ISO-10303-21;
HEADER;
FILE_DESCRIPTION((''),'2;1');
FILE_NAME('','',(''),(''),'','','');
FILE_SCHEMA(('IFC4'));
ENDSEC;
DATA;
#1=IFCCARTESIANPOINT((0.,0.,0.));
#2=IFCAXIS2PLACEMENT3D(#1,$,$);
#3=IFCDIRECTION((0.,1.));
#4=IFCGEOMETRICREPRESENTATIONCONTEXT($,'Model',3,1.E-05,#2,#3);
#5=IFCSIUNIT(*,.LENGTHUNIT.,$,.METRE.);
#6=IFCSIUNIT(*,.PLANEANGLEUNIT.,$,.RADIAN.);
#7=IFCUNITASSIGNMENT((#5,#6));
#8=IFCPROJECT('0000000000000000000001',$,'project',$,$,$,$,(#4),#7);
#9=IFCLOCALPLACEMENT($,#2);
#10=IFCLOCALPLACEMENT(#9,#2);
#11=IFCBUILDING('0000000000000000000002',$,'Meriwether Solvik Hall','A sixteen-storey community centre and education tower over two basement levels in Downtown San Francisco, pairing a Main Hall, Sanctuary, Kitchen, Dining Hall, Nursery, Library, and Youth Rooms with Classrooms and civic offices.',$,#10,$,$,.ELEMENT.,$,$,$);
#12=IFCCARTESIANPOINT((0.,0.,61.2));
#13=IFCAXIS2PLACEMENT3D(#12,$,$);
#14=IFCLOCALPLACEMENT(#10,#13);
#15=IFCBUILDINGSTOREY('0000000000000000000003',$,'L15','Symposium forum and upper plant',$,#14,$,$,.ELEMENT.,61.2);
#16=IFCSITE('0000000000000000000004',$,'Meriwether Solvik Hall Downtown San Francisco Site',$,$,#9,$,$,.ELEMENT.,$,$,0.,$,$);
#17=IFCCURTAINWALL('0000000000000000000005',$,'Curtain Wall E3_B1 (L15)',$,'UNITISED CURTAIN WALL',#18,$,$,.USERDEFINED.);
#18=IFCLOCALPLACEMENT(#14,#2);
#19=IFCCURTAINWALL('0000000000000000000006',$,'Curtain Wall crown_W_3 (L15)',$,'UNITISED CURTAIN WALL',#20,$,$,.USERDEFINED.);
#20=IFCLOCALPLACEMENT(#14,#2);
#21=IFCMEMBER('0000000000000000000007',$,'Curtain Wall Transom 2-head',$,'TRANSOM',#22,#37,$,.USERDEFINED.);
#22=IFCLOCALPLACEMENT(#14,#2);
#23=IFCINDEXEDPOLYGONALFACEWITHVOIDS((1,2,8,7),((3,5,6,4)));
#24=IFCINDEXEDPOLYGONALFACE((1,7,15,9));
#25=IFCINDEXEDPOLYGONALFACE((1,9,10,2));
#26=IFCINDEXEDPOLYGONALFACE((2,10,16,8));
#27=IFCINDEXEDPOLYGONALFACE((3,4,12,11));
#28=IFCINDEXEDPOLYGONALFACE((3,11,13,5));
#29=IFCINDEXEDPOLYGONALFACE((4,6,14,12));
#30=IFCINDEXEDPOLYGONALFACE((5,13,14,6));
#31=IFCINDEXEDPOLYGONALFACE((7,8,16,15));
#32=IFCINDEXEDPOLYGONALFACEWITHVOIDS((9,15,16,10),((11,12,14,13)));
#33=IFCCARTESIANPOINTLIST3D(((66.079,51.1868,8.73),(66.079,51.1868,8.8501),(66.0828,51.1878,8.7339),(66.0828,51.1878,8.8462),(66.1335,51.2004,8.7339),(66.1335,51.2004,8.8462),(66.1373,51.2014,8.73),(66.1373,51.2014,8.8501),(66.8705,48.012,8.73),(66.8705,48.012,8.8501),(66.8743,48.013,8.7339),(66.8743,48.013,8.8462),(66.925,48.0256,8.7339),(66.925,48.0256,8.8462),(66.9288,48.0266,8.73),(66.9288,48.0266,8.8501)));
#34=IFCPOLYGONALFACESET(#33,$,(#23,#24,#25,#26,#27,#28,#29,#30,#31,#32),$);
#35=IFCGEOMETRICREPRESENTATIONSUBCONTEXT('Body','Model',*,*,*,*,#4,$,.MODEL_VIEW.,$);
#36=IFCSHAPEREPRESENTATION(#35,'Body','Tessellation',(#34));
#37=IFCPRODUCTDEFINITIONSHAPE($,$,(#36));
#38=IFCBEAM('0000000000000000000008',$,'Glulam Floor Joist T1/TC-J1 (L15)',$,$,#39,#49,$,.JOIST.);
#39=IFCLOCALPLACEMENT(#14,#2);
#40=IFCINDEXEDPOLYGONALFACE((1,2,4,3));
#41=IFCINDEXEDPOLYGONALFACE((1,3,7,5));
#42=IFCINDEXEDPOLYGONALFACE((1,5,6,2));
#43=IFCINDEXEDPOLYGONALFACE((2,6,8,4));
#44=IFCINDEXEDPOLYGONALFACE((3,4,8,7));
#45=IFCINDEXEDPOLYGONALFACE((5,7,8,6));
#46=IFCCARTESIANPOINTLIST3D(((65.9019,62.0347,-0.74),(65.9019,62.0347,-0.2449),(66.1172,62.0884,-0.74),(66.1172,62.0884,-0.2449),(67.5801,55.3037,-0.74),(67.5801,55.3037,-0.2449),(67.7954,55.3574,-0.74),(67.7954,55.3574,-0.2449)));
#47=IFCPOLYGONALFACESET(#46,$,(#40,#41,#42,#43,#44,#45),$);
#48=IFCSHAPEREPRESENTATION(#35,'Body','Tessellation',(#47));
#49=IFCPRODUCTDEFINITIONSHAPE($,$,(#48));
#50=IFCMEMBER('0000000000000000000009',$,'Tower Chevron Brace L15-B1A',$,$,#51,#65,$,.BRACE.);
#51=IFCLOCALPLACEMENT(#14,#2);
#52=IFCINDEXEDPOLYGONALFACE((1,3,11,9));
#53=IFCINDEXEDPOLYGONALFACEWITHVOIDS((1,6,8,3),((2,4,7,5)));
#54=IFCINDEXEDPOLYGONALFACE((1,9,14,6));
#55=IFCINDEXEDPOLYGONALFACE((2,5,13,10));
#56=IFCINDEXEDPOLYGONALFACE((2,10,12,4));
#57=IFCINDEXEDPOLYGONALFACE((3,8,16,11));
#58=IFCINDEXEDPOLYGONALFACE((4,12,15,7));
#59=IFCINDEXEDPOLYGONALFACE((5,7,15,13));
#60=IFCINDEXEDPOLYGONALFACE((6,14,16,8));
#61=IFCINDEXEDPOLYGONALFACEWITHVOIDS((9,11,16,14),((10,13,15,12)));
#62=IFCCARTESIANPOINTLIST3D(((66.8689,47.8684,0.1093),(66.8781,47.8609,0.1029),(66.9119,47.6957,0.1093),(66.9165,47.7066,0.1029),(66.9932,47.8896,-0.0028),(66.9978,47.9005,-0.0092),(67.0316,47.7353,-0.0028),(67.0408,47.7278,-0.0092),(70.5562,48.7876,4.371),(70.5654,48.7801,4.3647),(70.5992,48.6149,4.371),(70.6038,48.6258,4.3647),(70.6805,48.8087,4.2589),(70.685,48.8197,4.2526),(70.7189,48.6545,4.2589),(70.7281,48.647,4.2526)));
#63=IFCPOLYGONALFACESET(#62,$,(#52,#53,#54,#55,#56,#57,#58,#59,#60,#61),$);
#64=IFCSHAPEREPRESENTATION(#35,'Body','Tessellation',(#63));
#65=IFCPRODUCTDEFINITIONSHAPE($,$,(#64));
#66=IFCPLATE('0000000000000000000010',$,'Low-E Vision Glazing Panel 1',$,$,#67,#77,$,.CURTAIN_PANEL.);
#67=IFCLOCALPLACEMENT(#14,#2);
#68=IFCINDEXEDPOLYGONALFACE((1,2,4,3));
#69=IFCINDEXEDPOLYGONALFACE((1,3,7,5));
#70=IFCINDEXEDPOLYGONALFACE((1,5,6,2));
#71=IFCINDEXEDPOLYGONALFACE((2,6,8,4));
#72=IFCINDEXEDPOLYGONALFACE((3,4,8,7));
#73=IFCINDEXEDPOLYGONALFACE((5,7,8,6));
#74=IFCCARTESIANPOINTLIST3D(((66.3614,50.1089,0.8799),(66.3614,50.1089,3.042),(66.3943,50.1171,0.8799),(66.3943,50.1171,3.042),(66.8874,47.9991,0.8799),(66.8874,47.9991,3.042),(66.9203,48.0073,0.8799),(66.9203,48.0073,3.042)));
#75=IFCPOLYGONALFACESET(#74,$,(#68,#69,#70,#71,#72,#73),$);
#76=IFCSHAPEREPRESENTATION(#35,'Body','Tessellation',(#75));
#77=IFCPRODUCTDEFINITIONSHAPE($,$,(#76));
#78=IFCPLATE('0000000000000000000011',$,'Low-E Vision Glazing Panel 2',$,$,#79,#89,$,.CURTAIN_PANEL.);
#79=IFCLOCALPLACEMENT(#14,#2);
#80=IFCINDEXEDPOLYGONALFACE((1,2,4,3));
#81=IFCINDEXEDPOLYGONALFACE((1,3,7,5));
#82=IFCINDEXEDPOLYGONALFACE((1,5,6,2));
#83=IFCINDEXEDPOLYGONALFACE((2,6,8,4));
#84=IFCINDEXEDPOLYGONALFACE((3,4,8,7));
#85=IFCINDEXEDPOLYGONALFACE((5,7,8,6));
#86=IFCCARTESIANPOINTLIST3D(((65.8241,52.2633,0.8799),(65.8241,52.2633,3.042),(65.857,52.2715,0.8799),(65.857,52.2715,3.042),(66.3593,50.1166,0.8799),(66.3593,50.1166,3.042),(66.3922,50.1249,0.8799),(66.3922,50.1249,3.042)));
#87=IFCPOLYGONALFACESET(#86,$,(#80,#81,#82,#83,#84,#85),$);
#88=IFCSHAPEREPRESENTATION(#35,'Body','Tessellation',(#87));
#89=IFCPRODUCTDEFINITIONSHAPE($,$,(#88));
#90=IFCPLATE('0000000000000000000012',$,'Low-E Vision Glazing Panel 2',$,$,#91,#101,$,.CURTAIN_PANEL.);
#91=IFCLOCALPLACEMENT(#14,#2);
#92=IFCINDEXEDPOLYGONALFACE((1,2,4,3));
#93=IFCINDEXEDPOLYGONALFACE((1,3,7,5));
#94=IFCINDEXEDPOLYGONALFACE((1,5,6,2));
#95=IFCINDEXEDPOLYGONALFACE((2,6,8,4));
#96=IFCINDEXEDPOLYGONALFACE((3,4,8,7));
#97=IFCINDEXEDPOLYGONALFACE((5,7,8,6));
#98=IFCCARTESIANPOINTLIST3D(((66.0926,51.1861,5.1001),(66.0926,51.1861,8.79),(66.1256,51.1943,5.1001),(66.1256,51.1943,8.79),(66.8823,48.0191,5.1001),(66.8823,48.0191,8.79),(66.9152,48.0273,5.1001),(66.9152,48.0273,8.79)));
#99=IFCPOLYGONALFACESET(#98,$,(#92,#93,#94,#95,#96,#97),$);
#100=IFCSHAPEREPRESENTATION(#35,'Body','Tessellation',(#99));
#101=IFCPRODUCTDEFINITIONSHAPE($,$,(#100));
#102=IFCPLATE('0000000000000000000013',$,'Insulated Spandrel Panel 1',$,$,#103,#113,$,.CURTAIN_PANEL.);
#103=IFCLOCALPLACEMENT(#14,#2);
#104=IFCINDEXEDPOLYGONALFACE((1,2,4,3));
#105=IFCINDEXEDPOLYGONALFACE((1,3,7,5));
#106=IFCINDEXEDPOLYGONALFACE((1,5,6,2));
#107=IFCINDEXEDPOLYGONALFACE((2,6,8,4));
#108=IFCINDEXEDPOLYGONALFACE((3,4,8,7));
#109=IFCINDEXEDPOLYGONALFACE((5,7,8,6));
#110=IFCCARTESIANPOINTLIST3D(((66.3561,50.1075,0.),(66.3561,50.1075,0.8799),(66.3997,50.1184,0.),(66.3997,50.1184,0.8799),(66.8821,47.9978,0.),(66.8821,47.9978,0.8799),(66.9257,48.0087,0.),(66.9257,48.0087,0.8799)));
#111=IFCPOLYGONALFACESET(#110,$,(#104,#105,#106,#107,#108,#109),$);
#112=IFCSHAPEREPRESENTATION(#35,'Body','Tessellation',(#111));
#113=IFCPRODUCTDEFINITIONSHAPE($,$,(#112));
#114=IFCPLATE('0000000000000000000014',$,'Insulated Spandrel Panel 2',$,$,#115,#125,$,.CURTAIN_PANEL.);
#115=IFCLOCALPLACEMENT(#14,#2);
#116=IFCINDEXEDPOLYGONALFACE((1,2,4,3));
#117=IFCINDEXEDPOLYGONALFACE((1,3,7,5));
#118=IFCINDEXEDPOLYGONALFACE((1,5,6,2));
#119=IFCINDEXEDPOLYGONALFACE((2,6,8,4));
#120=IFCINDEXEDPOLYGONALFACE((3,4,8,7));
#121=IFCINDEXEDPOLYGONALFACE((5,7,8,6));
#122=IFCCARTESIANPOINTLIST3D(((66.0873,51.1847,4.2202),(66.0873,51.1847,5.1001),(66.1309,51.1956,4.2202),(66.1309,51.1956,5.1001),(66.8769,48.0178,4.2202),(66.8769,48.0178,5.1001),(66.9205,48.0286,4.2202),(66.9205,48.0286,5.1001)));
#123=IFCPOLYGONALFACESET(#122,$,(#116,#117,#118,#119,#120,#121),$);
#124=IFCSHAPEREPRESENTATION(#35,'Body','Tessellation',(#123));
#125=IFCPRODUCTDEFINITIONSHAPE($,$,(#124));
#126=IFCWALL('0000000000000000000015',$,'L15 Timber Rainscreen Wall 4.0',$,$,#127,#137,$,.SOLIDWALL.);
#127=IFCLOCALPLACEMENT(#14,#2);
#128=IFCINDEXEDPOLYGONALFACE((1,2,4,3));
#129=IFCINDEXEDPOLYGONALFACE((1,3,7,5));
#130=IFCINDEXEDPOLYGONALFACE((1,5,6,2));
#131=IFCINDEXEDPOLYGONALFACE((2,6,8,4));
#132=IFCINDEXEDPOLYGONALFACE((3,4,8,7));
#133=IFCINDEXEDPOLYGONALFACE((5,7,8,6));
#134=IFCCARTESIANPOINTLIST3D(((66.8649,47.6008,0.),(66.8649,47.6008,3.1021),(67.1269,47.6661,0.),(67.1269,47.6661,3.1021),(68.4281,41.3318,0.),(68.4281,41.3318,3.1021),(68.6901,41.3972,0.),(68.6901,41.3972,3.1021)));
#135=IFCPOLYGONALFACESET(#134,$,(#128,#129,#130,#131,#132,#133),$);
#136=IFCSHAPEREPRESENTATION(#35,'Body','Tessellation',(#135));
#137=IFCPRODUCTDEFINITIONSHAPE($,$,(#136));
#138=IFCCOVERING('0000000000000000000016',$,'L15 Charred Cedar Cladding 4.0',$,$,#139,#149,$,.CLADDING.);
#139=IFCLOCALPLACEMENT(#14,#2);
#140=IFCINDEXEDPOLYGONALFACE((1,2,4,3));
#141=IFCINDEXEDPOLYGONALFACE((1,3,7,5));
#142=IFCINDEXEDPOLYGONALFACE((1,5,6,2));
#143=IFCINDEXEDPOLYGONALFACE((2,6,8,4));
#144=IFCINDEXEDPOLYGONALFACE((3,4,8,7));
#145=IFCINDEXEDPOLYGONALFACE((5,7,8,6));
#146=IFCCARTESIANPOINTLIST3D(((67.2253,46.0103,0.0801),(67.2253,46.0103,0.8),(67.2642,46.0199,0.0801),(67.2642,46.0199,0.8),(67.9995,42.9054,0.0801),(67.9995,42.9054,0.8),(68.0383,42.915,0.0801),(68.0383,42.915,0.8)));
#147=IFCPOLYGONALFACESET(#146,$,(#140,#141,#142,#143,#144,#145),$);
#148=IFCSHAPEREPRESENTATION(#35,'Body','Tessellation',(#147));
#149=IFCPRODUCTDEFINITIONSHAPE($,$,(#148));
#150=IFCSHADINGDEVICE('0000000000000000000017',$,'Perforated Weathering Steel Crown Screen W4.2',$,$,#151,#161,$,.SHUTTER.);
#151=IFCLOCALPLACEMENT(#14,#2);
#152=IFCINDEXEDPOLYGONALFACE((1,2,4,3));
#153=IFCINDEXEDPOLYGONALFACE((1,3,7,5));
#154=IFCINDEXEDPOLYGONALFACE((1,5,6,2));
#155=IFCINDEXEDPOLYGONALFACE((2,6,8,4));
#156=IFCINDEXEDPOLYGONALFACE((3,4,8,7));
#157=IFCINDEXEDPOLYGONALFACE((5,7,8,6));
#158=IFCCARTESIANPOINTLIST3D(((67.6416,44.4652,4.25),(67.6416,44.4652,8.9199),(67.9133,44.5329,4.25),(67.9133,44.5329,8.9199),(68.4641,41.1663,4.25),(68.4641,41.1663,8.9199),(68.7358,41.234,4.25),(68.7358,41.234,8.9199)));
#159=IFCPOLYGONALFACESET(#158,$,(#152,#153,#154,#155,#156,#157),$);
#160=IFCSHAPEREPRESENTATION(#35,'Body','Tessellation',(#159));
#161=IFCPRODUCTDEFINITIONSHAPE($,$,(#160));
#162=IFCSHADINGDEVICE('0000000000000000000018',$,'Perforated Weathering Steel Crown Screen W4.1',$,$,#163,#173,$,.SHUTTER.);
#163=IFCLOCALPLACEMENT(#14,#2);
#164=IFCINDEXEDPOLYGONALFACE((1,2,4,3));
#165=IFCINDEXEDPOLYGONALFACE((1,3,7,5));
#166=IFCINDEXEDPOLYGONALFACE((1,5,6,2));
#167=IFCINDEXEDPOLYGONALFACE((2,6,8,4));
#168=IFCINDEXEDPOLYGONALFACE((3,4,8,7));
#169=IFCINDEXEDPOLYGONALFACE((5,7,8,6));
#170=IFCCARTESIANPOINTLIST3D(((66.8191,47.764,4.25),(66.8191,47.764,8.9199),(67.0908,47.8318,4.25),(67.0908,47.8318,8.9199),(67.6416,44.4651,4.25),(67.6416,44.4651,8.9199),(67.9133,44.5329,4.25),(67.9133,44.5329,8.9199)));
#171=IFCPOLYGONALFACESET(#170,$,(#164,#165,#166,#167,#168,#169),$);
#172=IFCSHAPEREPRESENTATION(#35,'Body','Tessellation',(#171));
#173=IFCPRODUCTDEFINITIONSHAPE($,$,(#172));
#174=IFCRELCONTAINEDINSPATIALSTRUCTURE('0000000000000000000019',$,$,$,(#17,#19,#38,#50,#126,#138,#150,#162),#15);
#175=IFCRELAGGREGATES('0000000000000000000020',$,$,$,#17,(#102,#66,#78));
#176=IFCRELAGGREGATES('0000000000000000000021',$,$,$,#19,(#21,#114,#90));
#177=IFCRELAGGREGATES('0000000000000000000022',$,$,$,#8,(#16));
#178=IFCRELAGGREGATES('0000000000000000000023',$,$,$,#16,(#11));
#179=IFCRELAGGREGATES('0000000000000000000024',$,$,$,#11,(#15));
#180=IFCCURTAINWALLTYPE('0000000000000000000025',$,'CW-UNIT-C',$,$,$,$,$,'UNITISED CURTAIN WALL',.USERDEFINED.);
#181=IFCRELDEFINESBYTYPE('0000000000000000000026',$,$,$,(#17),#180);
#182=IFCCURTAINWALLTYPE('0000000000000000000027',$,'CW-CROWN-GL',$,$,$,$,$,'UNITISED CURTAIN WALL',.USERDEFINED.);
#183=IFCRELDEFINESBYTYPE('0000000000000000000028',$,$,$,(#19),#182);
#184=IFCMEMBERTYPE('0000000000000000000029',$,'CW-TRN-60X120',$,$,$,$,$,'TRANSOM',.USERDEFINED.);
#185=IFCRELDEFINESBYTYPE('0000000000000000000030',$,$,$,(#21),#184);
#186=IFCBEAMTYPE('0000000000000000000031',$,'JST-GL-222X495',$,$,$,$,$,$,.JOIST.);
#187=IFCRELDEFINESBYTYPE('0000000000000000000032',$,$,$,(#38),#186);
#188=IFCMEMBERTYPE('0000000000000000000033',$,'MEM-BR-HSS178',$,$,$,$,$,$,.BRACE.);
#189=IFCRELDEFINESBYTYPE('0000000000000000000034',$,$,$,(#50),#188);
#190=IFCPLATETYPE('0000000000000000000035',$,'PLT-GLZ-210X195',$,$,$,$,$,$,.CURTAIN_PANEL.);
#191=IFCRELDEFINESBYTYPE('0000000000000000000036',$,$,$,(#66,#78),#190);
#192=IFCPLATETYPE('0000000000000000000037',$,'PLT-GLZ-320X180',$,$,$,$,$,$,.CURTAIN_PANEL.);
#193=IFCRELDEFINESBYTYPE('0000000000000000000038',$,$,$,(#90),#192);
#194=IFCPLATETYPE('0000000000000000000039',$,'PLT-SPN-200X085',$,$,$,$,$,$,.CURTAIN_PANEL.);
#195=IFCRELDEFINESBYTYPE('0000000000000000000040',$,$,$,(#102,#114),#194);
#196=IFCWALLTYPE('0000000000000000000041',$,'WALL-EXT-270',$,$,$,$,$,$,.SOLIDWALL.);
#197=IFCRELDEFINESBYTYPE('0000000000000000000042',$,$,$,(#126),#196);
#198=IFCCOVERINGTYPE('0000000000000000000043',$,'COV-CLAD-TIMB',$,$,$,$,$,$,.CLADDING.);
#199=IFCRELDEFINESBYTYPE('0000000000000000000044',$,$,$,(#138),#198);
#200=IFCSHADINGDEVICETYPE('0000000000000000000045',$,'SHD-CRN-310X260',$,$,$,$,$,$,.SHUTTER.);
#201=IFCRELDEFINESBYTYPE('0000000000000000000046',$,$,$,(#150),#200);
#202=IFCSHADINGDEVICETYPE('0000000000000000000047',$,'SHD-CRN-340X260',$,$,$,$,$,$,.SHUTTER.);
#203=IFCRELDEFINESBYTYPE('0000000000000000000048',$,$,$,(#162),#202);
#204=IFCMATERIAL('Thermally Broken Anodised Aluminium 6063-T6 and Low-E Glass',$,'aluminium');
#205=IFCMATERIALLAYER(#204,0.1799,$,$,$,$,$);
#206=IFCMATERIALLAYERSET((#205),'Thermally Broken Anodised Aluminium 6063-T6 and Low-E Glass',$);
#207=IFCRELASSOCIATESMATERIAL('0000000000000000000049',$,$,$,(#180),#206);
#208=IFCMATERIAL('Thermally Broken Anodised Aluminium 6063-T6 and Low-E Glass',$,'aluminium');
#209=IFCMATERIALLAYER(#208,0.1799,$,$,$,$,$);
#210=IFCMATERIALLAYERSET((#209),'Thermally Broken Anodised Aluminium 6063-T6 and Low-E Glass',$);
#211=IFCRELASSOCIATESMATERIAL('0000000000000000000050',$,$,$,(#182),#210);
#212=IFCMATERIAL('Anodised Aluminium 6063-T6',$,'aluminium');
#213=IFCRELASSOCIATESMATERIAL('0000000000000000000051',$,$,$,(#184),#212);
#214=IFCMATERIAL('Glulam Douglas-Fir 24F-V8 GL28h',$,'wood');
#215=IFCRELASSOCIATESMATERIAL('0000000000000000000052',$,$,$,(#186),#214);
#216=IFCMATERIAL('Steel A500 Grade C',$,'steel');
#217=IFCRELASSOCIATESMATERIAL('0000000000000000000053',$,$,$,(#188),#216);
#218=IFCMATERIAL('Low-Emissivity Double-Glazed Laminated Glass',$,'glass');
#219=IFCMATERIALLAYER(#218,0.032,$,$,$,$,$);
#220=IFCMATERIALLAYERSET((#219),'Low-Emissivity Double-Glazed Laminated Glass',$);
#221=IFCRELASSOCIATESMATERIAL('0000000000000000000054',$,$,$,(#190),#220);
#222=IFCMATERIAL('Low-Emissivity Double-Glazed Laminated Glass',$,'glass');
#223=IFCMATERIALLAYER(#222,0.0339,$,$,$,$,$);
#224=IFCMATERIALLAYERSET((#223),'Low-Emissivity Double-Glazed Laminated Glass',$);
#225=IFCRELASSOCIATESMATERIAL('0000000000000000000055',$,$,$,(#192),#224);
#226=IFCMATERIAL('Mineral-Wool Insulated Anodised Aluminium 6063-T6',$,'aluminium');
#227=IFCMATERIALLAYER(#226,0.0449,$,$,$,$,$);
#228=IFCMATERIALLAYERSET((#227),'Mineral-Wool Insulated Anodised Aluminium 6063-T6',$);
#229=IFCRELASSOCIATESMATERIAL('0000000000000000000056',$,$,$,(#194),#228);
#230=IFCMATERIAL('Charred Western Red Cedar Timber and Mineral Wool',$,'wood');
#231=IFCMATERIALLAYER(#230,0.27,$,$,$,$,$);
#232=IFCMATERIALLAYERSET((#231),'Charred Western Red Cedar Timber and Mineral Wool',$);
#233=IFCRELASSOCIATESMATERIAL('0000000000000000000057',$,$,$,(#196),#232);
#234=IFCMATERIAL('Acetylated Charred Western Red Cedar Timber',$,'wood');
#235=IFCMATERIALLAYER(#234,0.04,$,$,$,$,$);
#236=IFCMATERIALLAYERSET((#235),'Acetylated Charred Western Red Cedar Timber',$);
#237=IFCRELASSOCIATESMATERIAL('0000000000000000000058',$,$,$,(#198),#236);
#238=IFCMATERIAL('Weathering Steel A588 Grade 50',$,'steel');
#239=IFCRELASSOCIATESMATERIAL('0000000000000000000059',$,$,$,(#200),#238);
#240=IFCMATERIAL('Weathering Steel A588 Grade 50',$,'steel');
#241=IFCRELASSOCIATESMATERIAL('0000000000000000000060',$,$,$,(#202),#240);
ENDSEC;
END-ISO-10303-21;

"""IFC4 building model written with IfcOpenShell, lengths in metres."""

from ifc_helpers import new_model, si_unit, direction, frame, frame_2d, origin, origin_2d, place, context, subcontext, project, spatial, rectangle, hollow_rectangle, extrude, material, layer, layer_set, material_profile, profile_set, type_object, element, aggregate, save


model = new_model("IFC4")

# Units and contexts
model_context = context("Model", 3, precision=1e-05, world=origin(), true_north=direction((0.0, 1.0)))
body_context = subcontext(model_context, "Body", "Model", "MODEL_VIEW")
ifc_project = project(units=[si_unit("LENGTHUNIT", "METRE"), si_unit("PLANEANGLEUNIT", "RADIAN")], contexts=[model_context])

# Site, building, storey
site_placement = place(None, origin())
site = spatial("IfcSite", under=ifc_project, at=site_placement, Name="Meriwether Solvik Hall Downtown San Francisco Site", CompositionType="ELEMENT", RefElevation=0.0)
building_placement = place(site_placement, origin())
building = spatial("IfcBuilding", under=site, at=building_placement, Name="Meriwether Solvik Hall", Description="A sixteen-storey community centre and education tower over two basement levels in Downtown San Francisco, pairing a Main Hall, Sanctuary, Kitchen, Dining Hall, Nursery, Library, and Youth Rooms with Classrooms and civic offices.", CompositionType="ELEMENT")
storey_placement = place(building_placement, frame((0.0, 0.0, 61.2)))
storey = spatial("IfcBuildingStorey", under=building, at=storey_placement, Name="L15", Description="Symposium forum and upper plant", CompositionType="ELEMENT", Elevation=61.2)

# Curtain walls
ifc_material_1 = material(Name="Thermally Broken Anodised Aluminium 6063-T6 and Low-E Glass", Category="aluminium")
ifc_layer_1 = layer(ifc_material_1, 0.1799)
ifc_layer_set_1 = layer_set([ifc_layer_1], Name="Thermally Broken Anodised Aluminium 6063-T6 and Low-E Glass")
curtain_wall_type_1 = type_object("IfcCurtainWallType", Name="CW-UNIT-C", ElementType="UNITISED CURTAIN WALL", PredefinedType="USERDEFINED", material=ifc_layer_set_1)
curtain_wall_1_placement = place(storey_placement, origin())
curtain_wall_1 = element("IfcCurtainWall", 1, at=curtain_wall_1_placement, inside=storey, type_object=curtain_wall_type_1, Name="Curtain Wall E3_B1 (L15)", ObjectType="UNITISED CURTAIN WALL", PredefinedType="USERDEFINED")
ifc_material_2 = material(Name="Thermally Broken Anodised Aluminium 6063-T6 and Low-E Glass", Category="aluminium")
ifc_layer_2 = layer(ifc_material_2, 0.1799)
ifc_layer_set_2 = layer_set([ifc_layer_2], Name="Thermally Broken Anodised Aluminium 6063-T6 and Low-E Glass")
curtain_wall_type_2 = type_object("IfcCurtainWallType", Name="CW-CROWN-GL", ElementType="UNITISED CURTAIN WALL", PredefinedType="USERDEFINED", material=ifc_layer_set_2)
curtain_wall_2_placement = place(storey_placement, origin())
curtain_wall_2 = element("IfcCurtainWall", 2, at=curtain_wall_2_placement, inside=storey, type_object=curtain_wall_type_2, Name="Curtain Wall crown_W_3 (L15)", ObjectType="UNITISED CURTAIN WALL", PredefinedType="USERDEFINED")

# Member
ifc_material_3 = material(Name="Anodised Aluminium 6063-T6", Category="aluminium")
ifc_material_profile_1 = material_profile(ifc_material_3, hollow_rectangle(XDim=0.0601, YDim=0.1201, WallThickness=0.0039, at=origin_2d()), Name="CWT-60X120")
ifc_profile_set_1 = profile_set([ifc_material_profile_1], Name="Anodised Aluminium 6063-T6")
member_type_1 = type_object("IfcMemberType", Name="CW-TRN-60X120", ElementType="TRANSOM", PredefinedType="USERDEFINED", material=ifc_profile_set_1)
member_1_placement = place(storey_placement, frame((66.1082, 51.1941, 8.79), z_axis=(0.241904, -0.9703, 0.0), x_axis=(0.9703, 0.241904, 0.0)))
member_1 = element("IfcMember", 3, at=member_1_placement, type_object=member_type_1, Name="Curtain Wall Transom 2-head", ObjectType="TRANSOM", PredefinedType="USERDEFINED", context=body_context, shape_type="SweptSolid", body=[
    extrude(hollow_rectangle(XDim=0.0601, YDim=0.1201, WallThickness=0.0039, at=origin_2d()), origin(), (0.0, 0.0, 1.0), 3.272),
])

# Beam
ifc_material_4 = material(Name="Glulam Douglas-Fir 24F-V8 GL28h", Category="wood")
ifc_material_profile_2 = material_profile(ifc_material_4, rectangle(XDim=0.2219, YDim=0.4951, at=origin_2d()), Name="GLJ-222X495")
ifc_profile_set_2 = profile_set([ifc_material_profile_2], Name="Glulam Douglas-Fir 24F-V8 GL28h")
beam_type_1 = type_object("IfcBeamType", Name="JST-GL-222X495", PredefinedType="JOIST", material=ifc_profile_set_2)
beam_1_placement = place(storey_placement, frame((67.6877, 55.3306, -0.4924), z_axis=(-0.241923, 0.970296, 0.0), x_axis=(-0.970296, -0.241923, 0.0)))
element("IfcBeam", 4, at=beam_1_placement, inside=storey, type_object=beam_type_1, Name="Glulam Floor Joist T1/TC-J1 (L15)", PredefinedType="JOIST", context=body_context, shape_type="SweptSolid", body=[
    extrude(rectangle(XDim=0.2219, YDim=0.4951, at=origin_2d()), origin(), (0.0, 0.0, 1.0), 6.937),
])

# Member
ifc_material_5 = material(Name="Steel A500 Grade C", Category="steel")
ifc_material_profile_3 = material_profile(ifc_material_5, hollow_rectangle(XDim=0.178, YDim=0.178, WallThickness=0.0095, at=origin_2d()), Name="HSS178X178X9.5")
ifc_profile_set_3 = profile_set([ifc_material_profile_3], Name="Steel A500 Grade C")
member_type_2 = type_object("IfcMemberType", Name="MEM-BR-HSS178", PredefinedType="BRACE", material=ifc_profile_set_3)
member_2_placement = place(storey_placement, frame((66.9548, 47.7981, 0.05), z_axis=(0.645765, 0.160982, 0.746373), x_axis=(-0.241886, 0.970305, 0.0)))
element("IfcMember", 5, at=member_2_placement, inside=storey, type_object=member_type_2, Name="Tower Chevron Brace L15-B1A", PredefinedType="BRACE", context=body_context, shape_type="SweptSolid", body=[
    extrude(hollow_rectangle(XDim=0.178, YDim=0.178, WallThickness=0.0095, at=origin_2d()), origin(), (0.0, 0.0, 1.0), 5.71),
])

# Plates
ifc_material_6 = material(Name="Low-Emissivity Double-Glazed Laminated Glass", Category="glass")
ifc_layer_3 = layer(ifc_material_6, 0.032)
ifc_layer_set_3 = layer_set([ifc_layer_3], Name="Low-Emissivity Double-Glazed Laminated Glass")
plate_type_1 = type_object("IfcPlateType", Name="PLT-GLZ-210X195", PredefinedType="CURTAIN_PANEL", material=ifc_layer_set_3)
plate_1_placement = place(storey_placement, frame((66.6409, 49.0581, 0.8799), z_axis=(0.0, 0.0, 1.0), x_axis=(-0.241922, 0.970296, 0.0)))
plate_1 = element("IfcPlate", 6, at=plate_1_placement, type_object=plate_type_1, Name="Low-E Vision Glazing Panel 1", PredefinedType="CURTAIN_PANEL", context=body_context, shape_type="SweptSolid", body=[
    extrude(rectangle(XDim=2.1743, YDim=0.0339, at=origin_2d()), origin(), (0.0, 0.0, 1.0), 2.1621),
])
plate_2_placement = place(storey_placement, frame((66.1082, 51.1941, 0.8799), z_axis=(0.0, 0.0, 1.0), x_axis=(-0.241922, 0.970296, 0.0)))
plate_2 = element("IfcPlate", 7, at=plate_2_placement, type_object=plate_type_1, Name="Low-E Vision Glazing Panel 2", PredefinedType="CURTAIN_PANEL", context=body_context, shape_type="SweptSolid", body=[
    extrude(rectangle(XDim=2.2124, YDim=0.0339, at=origin_2d()), origin(), (0.0, 0.0, 1.0), 2.1621),
])
ifc_material_7 = material(Name="Low-Emissivity Double-Glazed Laminated Glass", Category="glass")
ifc_layer_4 = layer(ifc_material_7, 0.0339)
ifc_layer_set_4 = layer_set([ifc_layer_4], Name="Low-Emissivity Double-Glazed Laminated Glass")
plate_type_2 = type_object("IfcPlateType", Name="PLT-GLZ-320X180", PredefinedType="CURTAIN_PANEL", material=ifc_layer_set_4)
plate_3_placement = place(storey_placement, frame((66.5039, 49.6067, 5.1001), z_axis=(0.0, 0.0, 1.0), x_axis=(0.241923, -0.970295, 0.0)))
plate_3 = element("IfcPlate", 8, at=plate_3_placement, type_object=plate_type_2, Name="Low-E Vision Glazing Panel 2", PredefinedType="CURTAIN_PANEL", context=body_context, shape_type="SweptSolid", body=[
    extrude(rectangle(XDim=3.2639, YDim=0.0339, at=origin_2d()), origin(), (0.0, 0.0, 1.0), 3.6899),
])
ifc_material_8 = material(Name="Mineral-Wool Insulated Anodised Aluminium 6063-T6", Category="aluminium")
ifc_layer_5 = layer(ifc_material_8, 0.0449)
ifc_layer_set_5 = layer_set([ifc_layer_5], Name="Mineral-Wool Insulated Anodised Aluminium 6063-T6")
plate_type_3 = type_object("IfcPlateType", Name="PLT-SPN-200X085", PredefinedType="CURTAIN_PANEL", material=ifc_layer_set_5)
plate_4_placement = place(storey_placement, frame((66.6409, 49.0581, 0.0), z_axis=(0.0, 0.0, 1.0), x_axis=(-0.241922, 0.970296, 0.0)))
plate_4 = element("IfcPlate", 9, at=plate_4_placement, type_object=plate_type_3, Name="Insulated Spandrel Panel 1", PredefinedType="CURTAIN_PANEL", context=body_context, shape_type="SweptSolid", body=[
    extrude(rectangle(XDim=2.1743, YDim=0.0449, at=origin_2d()), origin(), (0.0, 0.0, 1.0), 0.8799),
])
aggregate(curtain_wall_1, [plate_4, plate_1, plate_2])
plate_5_placement = place(storey_placement, frame((66.5039, 49.6067, 4.2202), z_axis=(0.0, 0.0, 1.0), x_axis=(0.241923, -0.970295, 0.0)))
plate_5 = element("IfcPlate", 10, at=plate_5_placement, type_object=plate_type_3, Name="Insulated Spandrel Panel 2", PredefinedType="CURTAIN_PANEL", context=body_context, shape_type="SweptSolid", body=[
    extrude(rectangle(XDim=3.2639, YDim=0.0449, at=origin_2d()), origin(), (0.0, 0.0, 1.0), 0.8799),
])
aggregate(curtain_wall_2, [member_1, plate_5, plate_3])

# Wall
ifc_material_9 = material(Name="Charred Western Red Cedar Timber and Mineral Wool", Category="wood")
ifc_layer_6 = layer(ifc_material_9, 0.27)
ifc_layer_set_6 = layer_set([ifc_layer_6], Name="Charred Western Red Cedar Timber and Mineral Wool")
wall_type = type_object("IfcWallType", Name="WALL-EXT-270", PredefinedType="SOLIDWALL", material=ifc_layer_set_6)
wall_placement = place(storey_placement, frame((68.5591, 41.3645, 0.0), z_axis=(0.0, 0.0, 1.0), x_axis=(-0.241949, 0.970289, 0.0)))
element("IfcWall", 11, at=wall_placement, inside=storey, type_object=wall_type, Name="L15 Timber Rainscreen Wall 4.0", PredefinedType="SOLIDWALL", context=body_context, shape_type="SweptSolid", body=[
    extrude(rectangle(XDim=6.4609, YDim=0.27, at=frame_2d((3.2305, 0.0))), origin(), (0.0, 0.0, 1.0), 3.1021),
])

# Covering
ifc_material_10 = material(Name="Acetylated Charred Western Red Cedar Timber", Category="wood")
ifc_layer_7 = layer(ifc_material_10, 0.04)
ifc_layer_set_7 = layer_set([ifc_layer_7], Name="Acetylated Charred Western Red Cedar Timber")
covering_type = type_object("IfcCoveringType", Name="COV-CLAD-TIMB", PredefinedType="CLADDING", material=ifc_layer_set_7)
covering_placement = place(storey_placement, frame((67.6318, 44.4626, 0.0801), z_axis=(0.0, 0.0, 1.0), x_axis=(-0.241922, 0.970296, 0.0)))
element("IfcCovering", 12, at=covering_placement, inside=storey, type_object=covering_type, Name="L15 Charred Cedar Cladding 4.0", PredefinedType="CLADDING", context=body_context, shape_type="SweptSolid", body=[
    extrude(rectangle(XDim=3.2, YDim=0.04, at=origin_2d()), origin(), (0.0, 0.0, 1.0), 0.72),
])

# Shading devices
ifc_material_11 = material(Name="Weathering Steel A588 Grade 50", Category="steel")
shading_device_type_1 = type_object("IfcShadingDeviceType", Name="SHD-CRN-310X260", PredefinedType="SHUTTER", material=ifc_material_11)
shading_device_1_placement = place(storey_placement, frame((68.1887, 42.8496, 4.25), z_axis=(0.0, 0.0, 1.0), x_axis=(0.241922, -0.970296, 0.0)))
element("IfcShadingDevice", 13, at=shading_device_1_placement, inside=storey, type_object=shading_device_type_1, Name="Perforated Weathering Steel Crown Screen W4.2", PredefinedType="SHUTTER", context=body_context, shape_type="SweptSolid", body=[
    extrude(rectangle(XDim=3.3999, YDim=0.28, at=origin_2d()), origin(), (0.0, 0.0, 1.0), 4.6699),
])
ifc_material_12 = material(Name="Weathering Steel A588 Grade 50", Category="steel")
shading_device_type_2 = type_object("IfcShadingDeviceType", Name="SHD-CRN-340X260", PredefinedType="SHUTTER", material=ifc_material_12)
shading_device_2_placement = place(storey_placement, frame((67.3662, 46.1484, 4.25), z_axis=(0.0, 0.0, 1.0), x_axis=(0.241922, -0.970296, 0.0)))
element("IfcShadingDevice", 14, at=shading_device_2_placement, inside=storey, type_object=shading_device_type_2, Name="Perforated Weathering Steel Crown Screen W4.1", PredefinedType="SHUTTER", context=body_context, shape_type="SweptSolid", body=[
    extrude(rectangle(XDim=3.3999, YDim=0.28, at=origin_2d()), origin(), (0.0, 0.0, 1.0), 4.6699),
])

save(model, "model.ifc")
